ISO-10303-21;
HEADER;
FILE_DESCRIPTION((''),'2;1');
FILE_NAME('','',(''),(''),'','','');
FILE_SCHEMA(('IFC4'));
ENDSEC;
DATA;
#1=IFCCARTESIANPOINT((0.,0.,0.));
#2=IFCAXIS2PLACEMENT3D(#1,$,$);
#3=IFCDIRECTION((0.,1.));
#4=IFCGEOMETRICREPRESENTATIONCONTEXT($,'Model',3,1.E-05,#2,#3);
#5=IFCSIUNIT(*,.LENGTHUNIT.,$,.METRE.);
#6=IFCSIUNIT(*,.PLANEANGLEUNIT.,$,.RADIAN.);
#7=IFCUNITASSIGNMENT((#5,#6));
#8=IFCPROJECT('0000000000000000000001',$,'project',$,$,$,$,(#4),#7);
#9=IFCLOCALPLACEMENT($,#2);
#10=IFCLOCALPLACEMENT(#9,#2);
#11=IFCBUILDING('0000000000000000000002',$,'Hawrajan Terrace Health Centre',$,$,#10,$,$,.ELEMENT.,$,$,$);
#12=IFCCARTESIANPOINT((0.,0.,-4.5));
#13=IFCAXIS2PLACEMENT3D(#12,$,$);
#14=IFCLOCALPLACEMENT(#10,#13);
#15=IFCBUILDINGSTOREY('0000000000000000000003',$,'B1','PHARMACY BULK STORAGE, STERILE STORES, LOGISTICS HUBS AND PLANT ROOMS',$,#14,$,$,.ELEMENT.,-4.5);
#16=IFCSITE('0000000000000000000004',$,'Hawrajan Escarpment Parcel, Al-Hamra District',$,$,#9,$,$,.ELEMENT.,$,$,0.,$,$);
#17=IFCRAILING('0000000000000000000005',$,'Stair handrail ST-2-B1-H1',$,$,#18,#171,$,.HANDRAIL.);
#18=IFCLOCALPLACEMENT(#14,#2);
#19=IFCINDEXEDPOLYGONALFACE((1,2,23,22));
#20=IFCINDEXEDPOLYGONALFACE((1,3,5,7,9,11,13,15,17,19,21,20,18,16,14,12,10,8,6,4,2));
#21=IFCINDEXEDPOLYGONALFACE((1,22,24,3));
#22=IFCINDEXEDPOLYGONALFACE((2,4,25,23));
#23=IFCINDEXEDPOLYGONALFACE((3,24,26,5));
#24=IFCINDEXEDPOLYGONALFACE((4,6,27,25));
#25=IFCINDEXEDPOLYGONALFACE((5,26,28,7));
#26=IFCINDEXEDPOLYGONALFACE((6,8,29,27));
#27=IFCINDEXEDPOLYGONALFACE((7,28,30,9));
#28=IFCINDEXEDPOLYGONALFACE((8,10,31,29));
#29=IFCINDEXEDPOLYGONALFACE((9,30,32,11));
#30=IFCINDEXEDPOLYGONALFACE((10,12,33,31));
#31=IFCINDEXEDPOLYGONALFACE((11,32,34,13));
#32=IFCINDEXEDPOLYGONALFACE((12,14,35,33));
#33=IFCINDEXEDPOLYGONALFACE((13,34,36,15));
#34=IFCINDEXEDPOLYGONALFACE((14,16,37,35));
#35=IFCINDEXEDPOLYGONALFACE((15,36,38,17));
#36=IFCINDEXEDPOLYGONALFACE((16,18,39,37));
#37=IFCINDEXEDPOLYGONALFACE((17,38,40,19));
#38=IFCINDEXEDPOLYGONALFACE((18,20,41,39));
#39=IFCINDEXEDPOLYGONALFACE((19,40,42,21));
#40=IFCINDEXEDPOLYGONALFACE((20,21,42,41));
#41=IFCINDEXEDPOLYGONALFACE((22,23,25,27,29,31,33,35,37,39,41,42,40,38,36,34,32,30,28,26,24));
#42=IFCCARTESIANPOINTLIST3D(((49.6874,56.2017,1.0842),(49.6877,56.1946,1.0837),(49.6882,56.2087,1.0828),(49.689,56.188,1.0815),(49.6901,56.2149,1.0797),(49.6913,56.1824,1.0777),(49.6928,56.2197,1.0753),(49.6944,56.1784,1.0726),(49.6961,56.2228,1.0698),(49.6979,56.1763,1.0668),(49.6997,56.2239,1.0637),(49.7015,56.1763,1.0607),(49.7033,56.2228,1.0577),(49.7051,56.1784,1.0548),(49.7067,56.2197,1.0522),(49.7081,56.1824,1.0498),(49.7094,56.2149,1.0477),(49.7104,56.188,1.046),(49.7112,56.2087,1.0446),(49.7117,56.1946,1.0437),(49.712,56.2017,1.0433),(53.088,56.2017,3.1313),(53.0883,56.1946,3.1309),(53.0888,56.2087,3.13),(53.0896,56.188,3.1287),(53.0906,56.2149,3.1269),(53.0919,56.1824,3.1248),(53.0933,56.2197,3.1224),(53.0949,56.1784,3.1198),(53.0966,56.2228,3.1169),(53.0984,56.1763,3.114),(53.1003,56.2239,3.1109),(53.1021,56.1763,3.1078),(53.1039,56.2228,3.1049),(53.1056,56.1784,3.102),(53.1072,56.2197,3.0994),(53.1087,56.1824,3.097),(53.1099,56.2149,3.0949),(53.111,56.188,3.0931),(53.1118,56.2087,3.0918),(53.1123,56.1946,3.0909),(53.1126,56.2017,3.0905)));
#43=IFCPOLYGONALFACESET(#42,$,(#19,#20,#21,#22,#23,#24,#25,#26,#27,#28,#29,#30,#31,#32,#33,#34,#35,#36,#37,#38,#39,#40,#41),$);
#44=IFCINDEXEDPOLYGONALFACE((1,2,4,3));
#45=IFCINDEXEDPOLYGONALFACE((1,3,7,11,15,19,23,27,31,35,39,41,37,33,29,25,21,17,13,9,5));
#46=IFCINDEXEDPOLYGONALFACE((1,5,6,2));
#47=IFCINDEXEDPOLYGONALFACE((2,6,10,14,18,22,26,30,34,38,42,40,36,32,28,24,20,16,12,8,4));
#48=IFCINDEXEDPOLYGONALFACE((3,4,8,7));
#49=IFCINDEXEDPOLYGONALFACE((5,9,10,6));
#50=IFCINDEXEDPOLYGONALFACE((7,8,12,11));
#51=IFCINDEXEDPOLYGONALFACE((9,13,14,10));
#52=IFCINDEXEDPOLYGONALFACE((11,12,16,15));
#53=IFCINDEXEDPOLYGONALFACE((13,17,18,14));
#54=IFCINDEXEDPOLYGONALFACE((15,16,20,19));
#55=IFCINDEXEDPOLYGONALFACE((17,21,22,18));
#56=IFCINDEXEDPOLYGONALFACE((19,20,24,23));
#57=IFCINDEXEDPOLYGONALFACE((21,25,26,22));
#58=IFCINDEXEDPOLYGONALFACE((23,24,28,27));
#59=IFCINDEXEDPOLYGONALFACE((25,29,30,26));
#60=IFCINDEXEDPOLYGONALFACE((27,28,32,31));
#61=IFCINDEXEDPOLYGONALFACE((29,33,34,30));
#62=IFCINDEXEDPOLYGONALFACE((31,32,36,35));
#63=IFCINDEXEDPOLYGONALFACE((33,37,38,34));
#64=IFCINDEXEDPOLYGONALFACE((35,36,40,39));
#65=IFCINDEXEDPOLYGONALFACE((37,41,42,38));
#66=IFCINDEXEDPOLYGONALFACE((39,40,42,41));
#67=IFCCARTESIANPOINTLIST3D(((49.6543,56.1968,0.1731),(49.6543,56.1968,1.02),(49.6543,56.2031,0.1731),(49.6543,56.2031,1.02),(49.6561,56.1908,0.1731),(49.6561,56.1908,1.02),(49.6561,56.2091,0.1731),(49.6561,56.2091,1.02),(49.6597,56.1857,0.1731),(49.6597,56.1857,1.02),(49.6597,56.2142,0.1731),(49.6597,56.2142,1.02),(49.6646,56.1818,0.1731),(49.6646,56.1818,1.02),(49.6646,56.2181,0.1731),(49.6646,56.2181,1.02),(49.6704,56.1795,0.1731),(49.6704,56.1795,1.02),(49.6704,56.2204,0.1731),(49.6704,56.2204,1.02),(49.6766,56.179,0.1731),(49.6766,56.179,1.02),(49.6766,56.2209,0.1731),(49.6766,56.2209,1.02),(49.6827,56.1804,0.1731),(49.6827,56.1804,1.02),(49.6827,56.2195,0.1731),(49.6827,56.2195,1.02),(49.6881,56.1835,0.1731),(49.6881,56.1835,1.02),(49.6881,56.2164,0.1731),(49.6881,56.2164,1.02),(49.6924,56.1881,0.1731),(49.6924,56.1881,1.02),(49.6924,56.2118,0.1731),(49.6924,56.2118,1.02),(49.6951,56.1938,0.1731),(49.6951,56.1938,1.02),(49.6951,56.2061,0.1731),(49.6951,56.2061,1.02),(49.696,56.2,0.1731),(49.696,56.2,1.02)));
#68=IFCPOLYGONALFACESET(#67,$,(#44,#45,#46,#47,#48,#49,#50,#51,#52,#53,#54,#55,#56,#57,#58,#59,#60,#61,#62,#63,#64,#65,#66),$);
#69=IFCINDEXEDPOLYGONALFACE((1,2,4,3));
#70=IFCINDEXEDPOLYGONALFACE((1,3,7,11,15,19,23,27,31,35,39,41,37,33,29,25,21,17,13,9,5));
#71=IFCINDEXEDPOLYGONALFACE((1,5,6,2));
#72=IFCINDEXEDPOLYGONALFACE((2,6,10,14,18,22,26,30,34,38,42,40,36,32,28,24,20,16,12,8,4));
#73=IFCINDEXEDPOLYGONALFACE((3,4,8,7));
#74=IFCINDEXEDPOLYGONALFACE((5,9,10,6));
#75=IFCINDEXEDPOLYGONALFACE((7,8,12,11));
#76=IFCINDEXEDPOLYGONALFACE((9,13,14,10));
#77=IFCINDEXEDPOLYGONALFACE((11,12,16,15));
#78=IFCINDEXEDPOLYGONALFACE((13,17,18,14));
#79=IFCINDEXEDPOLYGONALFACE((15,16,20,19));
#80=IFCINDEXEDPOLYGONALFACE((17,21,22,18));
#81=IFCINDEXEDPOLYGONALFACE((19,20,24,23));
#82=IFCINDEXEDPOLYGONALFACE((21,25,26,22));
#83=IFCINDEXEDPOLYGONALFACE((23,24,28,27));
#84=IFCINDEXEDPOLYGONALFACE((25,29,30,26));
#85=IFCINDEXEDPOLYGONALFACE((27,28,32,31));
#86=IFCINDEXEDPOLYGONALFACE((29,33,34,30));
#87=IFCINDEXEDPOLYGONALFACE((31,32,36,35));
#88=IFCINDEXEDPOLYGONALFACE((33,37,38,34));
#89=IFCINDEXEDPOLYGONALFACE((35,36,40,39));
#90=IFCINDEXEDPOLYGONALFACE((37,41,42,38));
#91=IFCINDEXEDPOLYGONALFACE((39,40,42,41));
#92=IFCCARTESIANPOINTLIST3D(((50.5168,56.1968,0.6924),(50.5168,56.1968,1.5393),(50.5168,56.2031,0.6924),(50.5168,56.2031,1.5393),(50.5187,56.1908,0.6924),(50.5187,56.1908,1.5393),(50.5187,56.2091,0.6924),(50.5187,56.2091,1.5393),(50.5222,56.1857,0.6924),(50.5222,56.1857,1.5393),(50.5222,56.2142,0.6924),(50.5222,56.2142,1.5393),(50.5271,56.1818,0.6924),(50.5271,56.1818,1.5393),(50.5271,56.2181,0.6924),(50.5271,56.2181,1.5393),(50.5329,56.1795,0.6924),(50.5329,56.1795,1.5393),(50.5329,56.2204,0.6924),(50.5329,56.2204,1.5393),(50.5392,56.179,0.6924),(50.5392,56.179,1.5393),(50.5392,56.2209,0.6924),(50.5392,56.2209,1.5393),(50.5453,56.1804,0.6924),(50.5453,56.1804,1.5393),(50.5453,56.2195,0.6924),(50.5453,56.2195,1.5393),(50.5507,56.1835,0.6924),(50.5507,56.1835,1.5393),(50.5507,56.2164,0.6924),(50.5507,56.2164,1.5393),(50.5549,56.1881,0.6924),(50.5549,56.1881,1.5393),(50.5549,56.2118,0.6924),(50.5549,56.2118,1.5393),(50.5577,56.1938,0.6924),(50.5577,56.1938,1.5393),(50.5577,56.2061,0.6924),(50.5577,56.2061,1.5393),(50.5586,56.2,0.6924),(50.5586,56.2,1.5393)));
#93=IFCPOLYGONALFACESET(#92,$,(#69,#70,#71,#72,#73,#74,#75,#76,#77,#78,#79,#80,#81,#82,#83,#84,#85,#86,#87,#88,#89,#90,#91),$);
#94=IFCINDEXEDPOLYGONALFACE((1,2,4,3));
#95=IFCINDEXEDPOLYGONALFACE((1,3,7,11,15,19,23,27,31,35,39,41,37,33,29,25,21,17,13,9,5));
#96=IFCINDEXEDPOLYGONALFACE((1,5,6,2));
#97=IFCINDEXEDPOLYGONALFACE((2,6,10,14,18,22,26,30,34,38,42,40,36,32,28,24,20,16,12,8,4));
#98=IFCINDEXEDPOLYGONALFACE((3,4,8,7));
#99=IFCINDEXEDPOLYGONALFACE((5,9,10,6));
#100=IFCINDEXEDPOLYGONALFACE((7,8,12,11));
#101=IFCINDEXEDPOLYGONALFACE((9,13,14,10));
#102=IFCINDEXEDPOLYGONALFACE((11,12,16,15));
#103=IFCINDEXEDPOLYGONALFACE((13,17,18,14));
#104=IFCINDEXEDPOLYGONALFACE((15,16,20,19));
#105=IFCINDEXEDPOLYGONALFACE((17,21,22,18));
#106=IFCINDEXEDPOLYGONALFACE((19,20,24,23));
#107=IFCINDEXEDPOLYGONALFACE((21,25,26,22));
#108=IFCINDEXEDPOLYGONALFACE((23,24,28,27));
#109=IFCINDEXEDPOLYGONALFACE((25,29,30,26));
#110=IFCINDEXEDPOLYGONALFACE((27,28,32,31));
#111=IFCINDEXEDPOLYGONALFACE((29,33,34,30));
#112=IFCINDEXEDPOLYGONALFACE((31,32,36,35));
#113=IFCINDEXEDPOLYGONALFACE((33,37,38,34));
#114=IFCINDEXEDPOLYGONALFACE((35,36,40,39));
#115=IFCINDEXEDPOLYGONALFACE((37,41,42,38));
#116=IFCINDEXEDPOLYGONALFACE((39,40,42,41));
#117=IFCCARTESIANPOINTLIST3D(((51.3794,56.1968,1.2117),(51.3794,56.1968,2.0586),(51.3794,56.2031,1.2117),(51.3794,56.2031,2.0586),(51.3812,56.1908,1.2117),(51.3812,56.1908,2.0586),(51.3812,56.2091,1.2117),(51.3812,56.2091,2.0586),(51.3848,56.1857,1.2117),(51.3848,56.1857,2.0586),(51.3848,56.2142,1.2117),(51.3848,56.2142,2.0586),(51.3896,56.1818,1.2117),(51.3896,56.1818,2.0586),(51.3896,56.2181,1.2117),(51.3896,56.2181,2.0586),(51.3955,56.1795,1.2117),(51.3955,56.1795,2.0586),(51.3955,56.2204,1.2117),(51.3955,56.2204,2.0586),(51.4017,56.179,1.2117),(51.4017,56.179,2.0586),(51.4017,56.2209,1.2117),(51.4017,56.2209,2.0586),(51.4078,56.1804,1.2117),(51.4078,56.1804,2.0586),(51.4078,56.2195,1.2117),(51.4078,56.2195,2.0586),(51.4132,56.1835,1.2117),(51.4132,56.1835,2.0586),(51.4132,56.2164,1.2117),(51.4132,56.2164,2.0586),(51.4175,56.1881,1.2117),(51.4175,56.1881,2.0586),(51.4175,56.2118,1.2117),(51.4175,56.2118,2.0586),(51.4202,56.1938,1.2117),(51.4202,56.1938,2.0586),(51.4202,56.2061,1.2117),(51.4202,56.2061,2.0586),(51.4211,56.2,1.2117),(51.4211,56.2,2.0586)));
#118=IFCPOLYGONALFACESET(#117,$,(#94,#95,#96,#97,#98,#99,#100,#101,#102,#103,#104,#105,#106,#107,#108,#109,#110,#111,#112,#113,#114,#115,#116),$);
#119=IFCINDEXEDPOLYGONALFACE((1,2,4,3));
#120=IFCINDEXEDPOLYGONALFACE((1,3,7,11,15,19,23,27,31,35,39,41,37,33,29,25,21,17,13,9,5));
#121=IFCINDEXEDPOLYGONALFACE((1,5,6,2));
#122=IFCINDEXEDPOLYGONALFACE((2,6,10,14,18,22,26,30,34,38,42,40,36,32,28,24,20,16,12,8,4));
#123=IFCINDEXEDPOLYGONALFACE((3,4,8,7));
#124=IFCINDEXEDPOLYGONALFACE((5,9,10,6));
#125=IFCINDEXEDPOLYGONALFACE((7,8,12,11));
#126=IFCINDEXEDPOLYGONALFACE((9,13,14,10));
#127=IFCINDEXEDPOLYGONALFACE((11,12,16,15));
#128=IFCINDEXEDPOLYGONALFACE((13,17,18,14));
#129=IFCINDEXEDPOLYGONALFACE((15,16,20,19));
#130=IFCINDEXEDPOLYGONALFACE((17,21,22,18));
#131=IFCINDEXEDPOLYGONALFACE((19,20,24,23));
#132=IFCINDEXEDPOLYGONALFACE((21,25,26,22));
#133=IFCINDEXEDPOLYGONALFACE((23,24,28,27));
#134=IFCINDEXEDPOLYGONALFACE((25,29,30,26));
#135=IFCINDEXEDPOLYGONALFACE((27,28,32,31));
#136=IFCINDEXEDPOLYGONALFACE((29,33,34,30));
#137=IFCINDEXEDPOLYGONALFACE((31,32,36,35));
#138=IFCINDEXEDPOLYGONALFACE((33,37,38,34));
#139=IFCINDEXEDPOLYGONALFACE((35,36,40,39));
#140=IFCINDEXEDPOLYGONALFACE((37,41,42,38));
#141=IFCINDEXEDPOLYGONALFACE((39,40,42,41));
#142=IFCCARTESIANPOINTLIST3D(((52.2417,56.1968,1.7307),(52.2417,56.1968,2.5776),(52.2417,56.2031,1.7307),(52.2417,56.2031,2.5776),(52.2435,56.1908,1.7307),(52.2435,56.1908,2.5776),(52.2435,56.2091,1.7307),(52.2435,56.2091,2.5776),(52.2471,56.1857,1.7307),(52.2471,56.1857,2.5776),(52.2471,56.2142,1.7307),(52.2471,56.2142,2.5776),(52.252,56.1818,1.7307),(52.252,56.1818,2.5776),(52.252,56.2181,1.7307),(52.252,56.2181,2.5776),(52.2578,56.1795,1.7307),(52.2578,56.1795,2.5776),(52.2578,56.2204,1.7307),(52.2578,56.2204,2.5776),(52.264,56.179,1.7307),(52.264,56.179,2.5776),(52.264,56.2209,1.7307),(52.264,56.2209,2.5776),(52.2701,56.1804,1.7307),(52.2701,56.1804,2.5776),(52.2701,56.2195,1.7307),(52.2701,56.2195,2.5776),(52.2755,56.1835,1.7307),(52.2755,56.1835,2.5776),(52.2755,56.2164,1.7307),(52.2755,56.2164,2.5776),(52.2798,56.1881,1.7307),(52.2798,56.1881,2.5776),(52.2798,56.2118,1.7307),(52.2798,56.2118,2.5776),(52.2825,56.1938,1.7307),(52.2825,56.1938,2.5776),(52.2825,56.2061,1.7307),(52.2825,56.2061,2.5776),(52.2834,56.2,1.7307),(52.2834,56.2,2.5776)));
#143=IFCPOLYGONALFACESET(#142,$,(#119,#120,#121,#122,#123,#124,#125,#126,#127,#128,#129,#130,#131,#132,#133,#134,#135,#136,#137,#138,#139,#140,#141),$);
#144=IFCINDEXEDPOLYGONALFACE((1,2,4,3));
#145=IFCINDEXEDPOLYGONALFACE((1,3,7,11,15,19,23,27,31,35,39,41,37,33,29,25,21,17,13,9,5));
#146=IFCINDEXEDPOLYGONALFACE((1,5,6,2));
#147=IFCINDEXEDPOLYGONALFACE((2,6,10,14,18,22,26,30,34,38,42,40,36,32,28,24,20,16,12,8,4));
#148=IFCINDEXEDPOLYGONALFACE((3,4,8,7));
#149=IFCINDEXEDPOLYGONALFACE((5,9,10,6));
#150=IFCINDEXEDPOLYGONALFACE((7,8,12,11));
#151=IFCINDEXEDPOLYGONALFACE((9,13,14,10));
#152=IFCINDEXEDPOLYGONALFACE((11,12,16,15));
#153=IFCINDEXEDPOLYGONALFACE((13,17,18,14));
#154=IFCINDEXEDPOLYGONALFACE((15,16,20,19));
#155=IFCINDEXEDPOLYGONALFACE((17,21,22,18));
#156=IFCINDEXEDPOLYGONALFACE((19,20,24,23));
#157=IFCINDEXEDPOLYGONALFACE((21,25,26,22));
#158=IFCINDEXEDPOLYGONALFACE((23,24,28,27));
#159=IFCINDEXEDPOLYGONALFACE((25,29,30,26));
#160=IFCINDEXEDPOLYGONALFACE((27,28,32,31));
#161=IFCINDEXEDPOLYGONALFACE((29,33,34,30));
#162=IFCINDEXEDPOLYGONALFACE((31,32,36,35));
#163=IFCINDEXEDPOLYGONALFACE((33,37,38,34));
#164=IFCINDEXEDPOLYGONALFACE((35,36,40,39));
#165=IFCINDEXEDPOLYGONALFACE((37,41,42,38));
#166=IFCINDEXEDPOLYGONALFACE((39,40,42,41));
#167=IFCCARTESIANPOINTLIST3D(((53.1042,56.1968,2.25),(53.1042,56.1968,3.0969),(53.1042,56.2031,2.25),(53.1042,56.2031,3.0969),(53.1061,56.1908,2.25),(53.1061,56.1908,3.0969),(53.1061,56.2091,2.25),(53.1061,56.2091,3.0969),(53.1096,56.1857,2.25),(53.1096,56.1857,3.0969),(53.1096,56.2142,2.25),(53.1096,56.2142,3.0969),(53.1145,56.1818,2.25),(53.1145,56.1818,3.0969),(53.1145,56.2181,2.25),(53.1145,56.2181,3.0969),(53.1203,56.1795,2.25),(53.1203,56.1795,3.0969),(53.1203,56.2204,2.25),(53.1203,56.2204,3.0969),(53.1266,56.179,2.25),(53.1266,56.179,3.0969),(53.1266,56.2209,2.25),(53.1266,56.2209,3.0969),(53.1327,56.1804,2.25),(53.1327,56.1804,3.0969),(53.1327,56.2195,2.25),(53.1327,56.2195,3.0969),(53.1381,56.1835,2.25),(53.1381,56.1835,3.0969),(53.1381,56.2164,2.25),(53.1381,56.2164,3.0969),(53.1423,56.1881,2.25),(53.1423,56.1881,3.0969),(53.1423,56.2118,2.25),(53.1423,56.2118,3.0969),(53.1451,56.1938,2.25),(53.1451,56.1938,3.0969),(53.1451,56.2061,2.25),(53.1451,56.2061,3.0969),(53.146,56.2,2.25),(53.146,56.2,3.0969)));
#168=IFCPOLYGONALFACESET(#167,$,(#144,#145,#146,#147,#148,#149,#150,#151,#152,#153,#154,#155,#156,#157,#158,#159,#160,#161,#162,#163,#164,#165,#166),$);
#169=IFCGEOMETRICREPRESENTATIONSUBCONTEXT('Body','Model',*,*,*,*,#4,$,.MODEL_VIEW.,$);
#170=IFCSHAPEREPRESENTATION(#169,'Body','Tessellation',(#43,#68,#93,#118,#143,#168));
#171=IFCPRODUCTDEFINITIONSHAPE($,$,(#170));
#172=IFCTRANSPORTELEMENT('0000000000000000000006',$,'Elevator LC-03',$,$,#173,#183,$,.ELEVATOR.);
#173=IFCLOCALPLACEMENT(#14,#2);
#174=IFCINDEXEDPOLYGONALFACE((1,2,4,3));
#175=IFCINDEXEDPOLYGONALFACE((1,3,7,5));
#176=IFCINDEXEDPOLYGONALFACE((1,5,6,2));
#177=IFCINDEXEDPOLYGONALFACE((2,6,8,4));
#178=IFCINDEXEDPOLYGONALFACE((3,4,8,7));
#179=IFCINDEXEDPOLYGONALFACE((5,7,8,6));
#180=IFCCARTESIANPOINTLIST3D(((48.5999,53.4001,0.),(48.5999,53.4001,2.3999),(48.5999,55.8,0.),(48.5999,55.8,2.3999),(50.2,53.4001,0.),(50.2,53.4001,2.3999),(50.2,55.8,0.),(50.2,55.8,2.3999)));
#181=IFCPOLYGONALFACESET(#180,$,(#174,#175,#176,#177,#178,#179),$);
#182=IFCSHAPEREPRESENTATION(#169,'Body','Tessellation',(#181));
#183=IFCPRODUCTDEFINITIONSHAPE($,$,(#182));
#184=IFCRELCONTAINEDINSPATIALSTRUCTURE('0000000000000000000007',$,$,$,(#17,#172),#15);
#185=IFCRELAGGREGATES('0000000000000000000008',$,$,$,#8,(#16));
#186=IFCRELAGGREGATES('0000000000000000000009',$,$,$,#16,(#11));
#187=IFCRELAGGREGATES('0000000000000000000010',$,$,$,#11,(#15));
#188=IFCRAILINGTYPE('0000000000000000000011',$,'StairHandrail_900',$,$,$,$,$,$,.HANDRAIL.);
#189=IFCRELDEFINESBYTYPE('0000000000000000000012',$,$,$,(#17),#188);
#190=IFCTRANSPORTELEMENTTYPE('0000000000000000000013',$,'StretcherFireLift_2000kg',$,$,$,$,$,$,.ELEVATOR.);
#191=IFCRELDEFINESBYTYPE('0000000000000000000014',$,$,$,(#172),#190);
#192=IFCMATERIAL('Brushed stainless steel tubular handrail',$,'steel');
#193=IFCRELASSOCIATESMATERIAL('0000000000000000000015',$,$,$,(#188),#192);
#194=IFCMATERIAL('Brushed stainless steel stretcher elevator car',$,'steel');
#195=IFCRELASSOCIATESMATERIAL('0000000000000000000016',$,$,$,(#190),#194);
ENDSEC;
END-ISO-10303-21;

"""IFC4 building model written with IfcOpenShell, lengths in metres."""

from ifc_helpers import new_model, si_unit, direction, frame, origin, origin_2d, place, context, subcontext, project, spatial, rectangle, circle, extrude, material, type_object, element, save


model = new_model("IFC4")

# Units and contexts
model_context = context("Model", 3, precision=1e-05, world=origin(), true_north=direction((0.0, 1.0)))
body_context = subcontext(model_context, "Body", "Model", "MODEL_VIEW")
ifc_project = project(units=[si_unit("LENGTHUNIT", "METRE"), si_unit("PLANEANGLEUNIT", "RADIAN")], contexts=[model_context])

# Site, building, storey
site_placement = place(None, origin())
site = spatial("IfcSite", under=ifc_project, at=site_placement, Name="Hawrajan Escarpment Parcel, Al-Hamra District", CompositionType="ELEMENT", RefElevation=0.0)
building_placement = place(site_placement, origin())
building = spatial("IfcBuilding", under=site, at=building_placement, Name="Hawrajan Terrace Health Centre", CompositionType="ELEMENT")
storey_placement = place(building_placement, frame((0.0, 0.0, -4.5)))
storey = spatial("IfcBuildingStorey", under=building, at=storey_placement, Name="B1", Description="PHARMACY BULK STORAGE, STERILE STORES, LOGISTICS HUBS AND PLANT ROOMS", CompositionType="ELEMENT", Elevation=-4.5)

# Railing
ifc_material_1 = material(Name="Brushed stainless steel tubular handrail", Category="steel")
railing_type_1 = type_object("IfcRailingType", Name="StairHandrail_900", PredefinedType="HANDRAIL", material=ifc_material_1)
railing_1_placement = place(storey_placement, frame((49.675, 56.2, 0.1731)))
element("IfcRailing", 1, at=railing_1_placement, inside=storey, type_object=railing_type_1, Name="Stair handrail ST-2-B1-H1", PredefinedType="HANDRAIL", context=body_context, shape_type="SweptSolid", body=[
    extrude(circle(Radius=0.0239, at=origin_2d()), frame((0.0247, 0.0, 0.8906), z_axis=(0.856732, 0.0, 0.515761), x_axis=(0.0, 1.0, 0.0)), (0.0, 0.0, 1.0), 3.9692),
    extrude(circle(Radius=0.021, at=origin_2d()), origin(), (0.0, 0.0, 1.0), 0.8469),
    extrude(circle(Radius=0.021, at=origin_2d()), frame((0.8625, 0.0, 0.5193)), (0.0, 0.0, 1.0), 0.8469),
    extrude(circle(Radius=0.021, at=origin_2d()), frame((1.7251, 0.0, 1.0386)), (0.0, 0.0, 1.0), 0.8469),
    extrude(circle(Radius=0.021, at=origin_2d()), frame((2.5874, 0.0, 1.5576)), (0.0, 0.0, 1.0), 0.8469),
    extrude(circle(Radius=0.021, at=origin_2d()), frame((3.45, 0.0, 2.0769)), (0.0, 0.0, 1.0), 0.8469),
])

# Transport element
ifc_material_2 = material(Name="Brushed stainless steel stretcher elevator car", Category="steel")
transport_element_type = type_object("IfcTransportElementType", Name="StretcherFireLift_2000kg", PredefinedType="ELEVATOR", material=ifc_material_2)
transport_element_placement = place(storey_placement, frame((49.3999, 54.6001, 0.0), z_axis=(0.0, 0.0, 1.0), x_axis=(1.0, 0.0, 0.0)))
element("IfcTransportElement", 2, at=transport_element_placement, inside=storey, type_object=transport_element_type, Name="Elevator LC-03", PredefinedType="ELEVATOR", context=body_context, shape_type="SweptSolid", body=[
    extrude(rectangle(XDim=1.6001, YDim=2.3999, at=origin_2d()), origin(), (0.0, 0.0, 1.0), 2.3999),
])

save(model, "model.ifc")
